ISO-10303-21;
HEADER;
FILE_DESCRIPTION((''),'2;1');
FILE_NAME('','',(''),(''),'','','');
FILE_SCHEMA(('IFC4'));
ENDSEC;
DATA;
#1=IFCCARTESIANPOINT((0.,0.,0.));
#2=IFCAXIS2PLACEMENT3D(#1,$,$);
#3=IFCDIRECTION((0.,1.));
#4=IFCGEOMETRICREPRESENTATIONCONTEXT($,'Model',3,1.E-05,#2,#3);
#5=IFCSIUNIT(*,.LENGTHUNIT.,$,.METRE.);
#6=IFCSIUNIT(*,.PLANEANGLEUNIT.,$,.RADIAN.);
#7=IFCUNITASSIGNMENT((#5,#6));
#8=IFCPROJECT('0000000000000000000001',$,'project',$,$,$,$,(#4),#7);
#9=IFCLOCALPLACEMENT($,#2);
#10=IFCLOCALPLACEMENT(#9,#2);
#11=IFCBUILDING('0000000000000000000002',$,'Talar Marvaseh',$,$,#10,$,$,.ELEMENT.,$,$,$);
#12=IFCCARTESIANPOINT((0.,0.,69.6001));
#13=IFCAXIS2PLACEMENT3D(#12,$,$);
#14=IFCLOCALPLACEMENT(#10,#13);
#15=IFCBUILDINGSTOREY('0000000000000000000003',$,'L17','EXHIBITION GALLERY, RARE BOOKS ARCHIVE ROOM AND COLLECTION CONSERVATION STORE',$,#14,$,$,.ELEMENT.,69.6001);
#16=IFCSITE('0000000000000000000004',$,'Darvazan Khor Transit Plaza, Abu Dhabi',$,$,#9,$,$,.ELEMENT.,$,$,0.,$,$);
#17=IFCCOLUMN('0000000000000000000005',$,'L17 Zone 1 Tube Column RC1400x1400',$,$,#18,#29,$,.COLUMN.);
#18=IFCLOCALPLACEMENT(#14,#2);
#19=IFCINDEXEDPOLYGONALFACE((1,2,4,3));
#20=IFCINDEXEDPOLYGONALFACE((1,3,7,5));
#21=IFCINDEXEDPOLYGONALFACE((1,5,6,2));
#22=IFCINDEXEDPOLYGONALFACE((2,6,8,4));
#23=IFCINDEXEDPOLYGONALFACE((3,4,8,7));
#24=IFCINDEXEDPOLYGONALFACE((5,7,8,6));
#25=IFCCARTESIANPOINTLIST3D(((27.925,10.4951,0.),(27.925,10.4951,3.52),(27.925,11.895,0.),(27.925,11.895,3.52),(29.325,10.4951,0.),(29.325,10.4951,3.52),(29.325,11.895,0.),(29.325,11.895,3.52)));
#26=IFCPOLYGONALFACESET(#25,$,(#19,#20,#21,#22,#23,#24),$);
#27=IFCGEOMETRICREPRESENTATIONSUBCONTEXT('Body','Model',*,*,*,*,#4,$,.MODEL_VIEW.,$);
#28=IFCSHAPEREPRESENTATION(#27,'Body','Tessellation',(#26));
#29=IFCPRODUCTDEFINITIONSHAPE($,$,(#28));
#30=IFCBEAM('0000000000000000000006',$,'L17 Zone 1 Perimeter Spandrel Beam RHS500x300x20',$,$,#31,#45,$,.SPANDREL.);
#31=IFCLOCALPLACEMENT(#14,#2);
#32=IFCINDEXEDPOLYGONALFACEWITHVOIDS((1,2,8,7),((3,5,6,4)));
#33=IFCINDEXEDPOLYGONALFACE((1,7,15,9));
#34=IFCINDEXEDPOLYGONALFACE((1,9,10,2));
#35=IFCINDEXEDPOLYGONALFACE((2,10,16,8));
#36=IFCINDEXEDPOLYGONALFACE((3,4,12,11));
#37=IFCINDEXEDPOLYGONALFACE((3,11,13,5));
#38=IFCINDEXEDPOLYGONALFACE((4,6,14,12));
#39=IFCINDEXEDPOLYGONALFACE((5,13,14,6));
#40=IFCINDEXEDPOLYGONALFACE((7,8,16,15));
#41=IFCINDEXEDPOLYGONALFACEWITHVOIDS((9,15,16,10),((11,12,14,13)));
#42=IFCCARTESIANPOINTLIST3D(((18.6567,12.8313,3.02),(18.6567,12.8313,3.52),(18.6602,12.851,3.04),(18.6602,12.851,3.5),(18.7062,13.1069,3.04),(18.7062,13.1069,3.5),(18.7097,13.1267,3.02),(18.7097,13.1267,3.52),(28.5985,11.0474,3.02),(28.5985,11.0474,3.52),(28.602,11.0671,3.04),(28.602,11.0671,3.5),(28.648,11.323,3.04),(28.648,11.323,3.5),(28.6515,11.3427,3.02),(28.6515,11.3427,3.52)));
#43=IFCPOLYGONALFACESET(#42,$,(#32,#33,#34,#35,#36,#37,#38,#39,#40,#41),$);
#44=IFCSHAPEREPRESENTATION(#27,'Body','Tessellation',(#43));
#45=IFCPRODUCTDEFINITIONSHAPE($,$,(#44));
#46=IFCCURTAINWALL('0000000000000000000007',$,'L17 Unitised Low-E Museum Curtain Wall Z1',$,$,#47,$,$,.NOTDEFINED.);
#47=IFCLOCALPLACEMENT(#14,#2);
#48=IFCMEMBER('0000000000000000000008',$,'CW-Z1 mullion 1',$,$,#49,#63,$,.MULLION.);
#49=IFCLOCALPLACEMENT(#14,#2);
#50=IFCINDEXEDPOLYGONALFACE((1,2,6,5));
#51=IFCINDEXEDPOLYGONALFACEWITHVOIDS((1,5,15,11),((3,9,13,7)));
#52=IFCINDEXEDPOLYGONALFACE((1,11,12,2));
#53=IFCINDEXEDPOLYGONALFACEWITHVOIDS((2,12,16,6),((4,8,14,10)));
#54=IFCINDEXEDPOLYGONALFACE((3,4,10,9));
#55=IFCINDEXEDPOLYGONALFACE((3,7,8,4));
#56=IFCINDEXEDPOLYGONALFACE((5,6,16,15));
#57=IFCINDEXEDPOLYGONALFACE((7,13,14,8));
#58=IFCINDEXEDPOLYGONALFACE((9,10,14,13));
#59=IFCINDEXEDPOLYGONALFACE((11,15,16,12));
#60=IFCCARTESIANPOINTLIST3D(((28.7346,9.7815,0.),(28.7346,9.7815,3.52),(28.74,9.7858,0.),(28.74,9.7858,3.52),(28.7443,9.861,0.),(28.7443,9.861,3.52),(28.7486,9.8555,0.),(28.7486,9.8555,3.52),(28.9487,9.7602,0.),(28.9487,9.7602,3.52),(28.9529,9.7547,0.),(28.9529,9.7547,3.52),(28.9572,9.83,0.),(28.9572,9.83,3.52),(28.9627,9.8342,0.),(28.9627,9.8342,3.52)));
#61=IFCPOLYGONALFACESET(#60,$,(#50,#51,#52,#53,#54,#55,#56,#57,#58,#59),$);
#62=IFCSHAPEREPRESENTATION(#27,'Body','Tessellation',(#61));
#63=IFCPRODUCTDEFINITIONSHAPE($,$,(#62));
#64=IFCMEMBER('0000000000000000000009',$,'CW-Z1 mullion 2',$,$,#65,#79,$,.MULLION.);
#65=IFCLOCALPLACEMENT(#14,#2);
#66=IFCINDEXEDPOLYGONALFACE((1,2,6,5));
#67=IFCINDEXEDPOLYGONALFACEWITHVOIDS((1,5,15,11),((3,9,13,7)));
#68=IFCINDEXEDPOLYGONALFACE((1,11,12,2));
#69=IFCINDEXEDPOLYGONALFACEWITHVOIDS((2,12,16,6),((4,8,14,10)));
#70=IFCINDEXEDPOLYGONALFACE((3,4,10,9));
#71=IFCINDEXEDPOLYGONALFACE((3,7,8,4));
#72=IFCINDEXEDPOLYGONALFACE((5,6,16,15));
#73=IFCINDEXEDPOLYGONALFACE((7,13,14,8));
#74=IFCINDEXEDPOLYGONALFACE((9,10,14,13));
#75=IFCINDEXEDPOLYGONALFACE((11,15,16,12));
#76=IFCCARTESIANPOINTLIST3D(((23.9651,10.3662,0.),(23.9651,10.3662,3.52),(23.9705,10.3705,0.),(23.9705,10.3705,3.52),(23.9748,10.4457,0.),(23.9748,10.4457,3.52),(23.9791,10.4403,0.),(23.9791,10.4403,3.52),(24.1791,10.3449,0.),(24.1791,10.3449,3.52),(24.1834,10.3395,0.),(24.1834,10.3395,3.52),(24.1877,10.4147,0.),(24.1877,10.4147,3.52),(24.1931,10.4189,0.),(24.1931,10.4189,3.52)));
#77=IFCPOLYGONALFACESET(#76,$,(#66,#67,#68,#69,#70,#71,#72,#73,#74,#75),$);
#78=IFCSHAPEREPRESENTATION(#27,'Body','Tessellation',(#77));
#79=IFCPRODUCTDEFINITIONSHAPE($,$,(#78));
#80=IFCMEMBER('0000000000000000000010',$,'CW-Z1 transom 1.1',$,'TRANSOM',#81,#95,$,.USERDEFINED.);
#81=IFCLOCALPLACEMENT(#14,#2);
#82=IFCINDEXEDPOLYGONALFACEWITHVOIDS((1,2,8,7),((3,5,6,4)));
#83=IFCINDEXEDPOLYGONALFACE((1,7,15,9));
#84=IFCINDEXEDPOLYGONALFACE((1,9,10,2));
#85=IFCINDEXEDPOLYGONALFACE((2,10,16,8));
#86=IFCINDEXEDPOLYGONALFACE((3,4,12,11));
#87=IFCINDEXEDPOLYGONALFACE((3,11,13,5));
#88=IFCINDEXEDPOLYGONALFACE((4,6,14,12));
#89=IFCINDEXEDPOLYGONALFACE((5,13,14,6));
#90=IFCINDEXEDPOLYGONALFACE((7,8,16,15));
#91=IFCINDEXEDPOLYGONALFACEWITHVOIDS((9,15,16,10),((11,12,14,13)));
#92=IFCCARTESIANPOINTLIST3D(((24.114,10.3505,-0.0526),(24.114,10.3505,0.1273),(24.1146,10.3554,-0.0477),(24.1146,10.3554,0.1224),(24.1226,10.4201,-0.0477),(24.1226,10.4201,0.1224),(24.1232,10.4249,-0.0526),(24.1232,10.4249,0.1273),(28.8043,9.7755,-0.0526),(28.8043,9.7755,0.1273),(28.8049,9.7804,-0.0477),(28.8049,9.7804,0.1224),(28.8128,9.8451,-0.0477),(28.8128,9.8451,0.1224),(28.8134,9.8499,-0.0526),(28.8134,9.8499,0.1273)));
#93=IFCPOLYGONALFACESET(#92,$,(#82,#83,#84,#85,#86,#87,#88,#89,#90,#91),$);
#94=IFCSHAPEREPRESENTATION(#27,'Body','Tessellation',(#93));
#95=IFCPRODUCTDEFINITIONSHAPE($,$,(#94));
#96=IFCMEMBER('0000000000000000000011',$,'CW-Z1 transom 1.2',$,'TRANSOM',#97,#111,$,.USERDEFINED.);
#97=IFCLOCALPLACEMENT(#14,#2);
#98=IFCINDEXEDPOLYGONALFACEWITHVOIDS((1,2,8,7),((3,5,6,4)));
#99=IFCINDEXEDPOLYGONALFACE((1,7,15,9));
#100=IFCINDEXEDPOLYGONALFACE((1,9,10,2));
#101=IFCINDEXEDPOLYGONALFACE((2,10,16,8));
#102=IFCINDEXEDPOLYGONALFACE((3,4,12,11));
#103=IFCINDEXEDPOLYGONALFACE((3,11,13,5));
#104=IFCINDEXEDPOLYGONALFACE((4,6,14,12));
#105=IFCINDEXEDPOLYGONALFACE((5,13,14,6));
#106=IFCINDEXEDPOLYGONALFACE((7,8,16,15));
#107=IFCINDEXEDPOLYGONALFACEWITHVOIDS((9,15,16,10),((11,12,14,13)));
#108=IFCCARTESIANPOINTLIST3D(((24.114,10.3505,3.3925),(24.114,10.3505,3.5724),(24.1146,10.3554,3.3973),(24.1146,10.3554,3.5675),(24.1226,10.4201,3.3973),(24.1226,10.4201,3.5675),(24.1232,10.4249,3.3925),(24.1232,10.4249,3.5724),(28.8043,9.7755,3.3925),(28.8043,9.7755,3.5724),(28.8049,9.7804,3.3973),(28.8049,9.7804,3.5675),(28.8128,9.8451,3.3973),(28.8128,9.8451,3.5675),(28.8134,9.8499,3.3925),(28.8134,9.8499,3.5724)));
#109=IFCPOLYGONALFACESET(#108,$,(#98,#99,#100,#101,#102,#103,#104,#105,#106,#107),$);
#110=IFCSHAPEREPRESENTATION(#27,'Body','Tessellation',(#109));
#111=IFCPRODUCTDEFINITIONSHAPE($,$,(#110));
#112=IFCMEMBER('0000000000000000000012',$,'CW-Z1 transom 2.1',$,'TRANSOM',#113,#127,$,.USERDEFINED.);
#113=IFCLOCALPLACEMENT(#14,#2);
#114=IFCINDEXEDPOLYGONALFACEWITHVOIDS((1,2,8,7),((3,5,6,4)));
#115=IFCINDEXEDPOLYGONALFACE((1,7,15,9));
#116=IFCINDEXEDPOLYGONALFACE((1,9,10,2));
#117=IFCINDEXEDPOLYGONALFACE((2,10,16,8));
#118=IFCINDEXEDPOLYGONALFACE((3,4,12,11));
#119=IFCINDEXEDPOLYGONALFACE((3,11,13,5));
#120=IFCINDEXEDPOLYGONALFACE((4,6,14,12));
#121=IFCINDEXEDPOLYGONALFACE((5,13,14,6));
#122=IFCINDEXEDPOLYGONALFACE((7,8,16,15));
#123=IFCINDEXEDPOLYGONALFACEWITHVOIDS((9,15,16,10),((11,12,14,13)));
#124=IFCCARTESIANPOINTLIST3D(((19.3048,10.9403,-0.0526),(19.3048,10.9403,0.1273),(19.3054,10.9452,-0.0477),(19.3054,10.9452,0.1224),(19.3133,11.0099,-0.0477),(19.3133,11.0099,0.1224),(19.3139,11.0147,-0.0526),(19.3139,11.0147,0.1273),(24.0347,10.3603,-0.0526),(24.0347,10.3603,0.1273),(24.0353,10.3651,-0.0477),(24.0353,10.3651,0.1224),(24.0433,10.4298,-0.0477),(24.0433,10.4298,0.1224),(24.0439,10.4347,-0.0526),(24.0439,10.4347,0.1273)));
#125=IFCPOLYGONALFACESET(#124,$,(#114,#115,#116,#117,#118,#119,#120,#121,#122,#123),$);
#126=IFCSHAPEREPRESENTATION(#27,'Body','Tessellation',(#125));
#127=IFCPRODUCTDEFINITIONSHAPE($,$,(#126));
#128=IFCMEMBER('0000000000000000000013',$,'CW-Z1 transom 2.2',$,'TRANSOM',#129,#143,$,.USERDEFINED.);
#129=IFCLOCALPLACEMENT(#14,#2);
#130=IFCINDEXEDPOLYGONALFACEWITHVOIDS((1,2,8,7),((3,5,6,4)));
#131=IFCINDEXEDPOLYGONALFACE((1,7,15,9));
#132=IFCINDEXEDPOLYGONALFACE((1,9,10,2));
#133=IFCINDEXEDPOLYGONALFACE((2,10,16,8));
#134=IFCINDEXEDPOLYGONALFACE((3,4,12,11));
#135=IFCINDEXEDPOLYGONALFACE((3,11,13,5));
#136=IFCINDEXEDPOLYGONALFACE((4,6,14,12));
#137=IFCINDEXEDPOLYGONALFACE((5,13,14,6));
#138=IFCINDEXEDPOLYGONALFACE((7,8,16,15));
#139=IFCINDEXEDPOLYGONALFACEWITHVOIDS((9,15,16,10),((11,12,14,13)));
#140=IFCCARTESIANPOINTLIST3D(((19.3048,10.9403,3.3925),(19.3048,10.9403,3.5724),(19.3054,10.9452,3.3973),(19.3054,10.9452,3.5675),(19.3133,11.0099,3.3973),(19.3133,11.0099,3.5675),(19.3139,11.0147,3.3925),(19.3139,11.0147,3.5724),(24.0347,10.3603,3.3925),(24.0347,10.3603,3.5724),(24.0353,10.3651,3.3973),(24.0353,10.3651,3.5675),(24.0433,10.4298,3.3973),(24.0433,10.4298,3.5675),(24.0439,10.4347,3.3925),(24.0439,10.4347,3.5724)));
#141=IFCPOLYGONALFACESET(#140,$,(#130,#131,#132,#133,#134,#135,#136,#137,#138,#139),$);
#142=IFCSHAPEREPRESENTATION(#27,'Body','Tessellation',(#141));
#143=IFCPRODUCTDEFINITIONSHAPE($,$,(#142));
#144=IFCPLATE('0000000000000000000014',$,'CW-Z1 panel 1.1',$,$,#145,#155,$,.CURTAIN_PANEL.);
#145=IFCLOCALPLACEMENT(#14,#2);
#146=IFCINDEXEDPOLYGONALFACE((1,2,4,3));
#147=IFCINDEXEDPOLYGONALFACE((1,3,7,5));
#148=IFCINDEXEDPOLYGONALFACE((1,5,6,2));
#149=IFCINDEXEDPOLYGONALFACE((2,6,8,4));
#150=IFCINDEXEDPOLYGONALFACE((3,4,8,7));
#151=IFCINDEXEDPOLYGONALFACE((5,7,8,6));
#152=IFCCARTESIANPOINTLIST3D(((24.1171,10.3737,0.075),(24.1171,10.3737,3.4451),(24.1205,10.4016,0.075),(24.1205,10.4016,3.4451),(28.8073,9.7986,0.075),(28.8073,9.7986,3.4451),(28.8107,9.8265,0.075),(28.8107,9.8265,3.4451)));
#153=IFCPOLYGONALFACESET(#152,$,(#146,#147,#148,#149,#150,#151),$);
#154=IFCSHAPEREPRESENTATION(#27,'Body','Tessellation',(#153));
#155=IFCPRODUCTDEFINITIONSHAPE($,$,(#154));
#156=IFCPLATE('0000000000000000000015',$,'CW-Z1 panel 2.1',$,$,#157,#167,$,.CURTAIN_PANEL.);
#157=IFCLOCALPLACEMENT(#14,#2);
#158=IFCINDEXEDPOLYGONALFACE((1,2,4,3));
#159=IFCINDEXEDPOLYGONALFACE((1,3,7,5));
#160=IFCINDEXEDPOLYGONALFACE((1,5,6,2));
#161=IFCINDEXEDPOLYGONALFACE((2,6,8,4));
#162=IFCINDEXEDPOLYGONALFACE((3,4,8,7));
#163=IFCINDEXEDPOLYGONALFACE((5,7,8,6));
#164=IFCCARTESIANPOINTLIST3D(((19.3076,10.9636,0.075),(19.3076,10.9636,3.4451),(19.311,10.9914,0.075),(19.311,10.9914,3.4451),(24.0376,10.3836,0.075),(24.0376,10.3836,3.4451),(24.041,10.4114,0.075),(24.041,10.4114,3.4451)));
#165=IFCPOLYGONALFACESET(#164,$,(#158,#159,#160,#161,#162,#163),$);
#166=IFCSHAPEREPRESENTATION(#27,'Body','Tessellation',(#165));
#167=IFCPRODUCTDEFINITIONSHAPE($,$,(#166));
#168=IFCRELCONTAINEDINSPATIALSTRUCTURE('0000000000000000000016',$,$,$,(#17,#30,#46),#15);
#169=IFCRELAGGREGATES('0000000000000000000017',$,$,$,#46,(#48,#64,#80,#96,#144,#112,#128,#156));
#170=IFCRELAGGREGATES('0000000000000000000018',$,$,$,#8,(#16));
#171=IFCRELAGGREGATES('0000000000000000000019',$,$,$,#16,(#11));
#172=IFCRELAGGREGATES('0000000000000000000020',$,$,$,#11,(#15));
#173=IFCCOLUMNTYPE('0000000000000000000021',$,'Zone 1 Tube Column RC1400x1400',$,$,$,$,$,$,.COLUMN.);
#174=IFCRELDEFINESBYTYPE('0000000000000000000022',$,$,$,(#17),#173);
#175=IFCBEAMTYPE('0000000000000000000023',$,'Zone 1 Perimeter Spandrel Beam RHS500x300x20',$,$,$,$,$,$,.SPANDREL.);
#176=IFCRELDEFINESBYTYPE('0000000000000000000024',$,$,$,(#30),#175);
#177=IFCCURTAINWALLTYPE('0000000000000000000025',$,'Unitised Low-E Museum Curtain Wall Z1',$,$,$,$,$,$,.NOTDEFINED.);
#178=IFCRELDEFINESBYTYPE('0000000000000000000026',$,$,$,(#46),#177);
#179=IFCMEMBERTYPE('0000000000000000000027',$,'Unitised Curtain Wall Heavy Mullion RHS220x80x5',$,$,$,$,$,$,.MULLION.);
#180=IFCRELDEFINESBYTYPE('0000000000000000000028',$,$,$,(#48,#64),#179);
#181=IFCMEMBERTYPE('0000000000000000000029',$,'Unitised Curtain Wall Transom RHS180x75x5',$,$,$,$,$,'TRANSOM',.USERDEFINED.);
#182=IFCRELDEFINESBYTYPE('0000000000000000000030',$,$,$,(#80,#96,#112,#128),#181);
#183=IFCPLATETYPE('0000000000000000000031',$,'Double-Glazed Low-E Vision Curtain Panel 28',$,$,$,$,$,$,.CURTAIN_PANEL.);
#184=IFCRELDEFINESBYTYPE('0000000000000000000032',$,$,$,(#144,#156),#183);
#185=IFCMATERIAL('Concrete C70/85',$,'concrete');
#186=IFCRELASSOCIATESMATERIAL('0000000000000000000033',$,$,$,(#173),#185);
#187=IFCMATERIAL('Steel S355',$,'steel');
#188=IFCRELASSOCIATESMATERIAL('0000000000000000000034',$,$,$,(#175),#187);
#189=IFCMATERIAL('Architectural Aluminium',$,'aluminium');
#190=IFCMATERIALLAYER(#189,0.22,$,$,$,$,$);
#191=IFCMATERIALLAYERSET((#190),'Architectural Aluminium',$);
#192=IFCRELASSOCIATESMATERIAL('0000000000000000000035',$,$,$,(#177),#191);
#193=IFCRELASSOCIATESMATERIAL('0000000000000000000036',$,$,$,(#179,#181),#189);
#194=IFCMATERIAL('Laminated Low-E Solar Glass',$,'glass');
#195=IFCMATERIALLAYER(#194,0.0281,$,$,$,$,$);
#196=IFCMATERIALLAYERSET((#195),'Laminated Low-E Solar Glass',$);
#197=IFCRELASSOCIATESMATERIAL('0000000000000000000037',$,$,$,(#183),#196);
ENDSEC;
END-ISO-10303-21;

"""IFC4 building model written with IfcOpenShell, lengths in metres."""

from ifc_helpers import new_model, si_unit, direction, frame, origin, origin_2d, place, context, subcontext, project, spatial, rectangle, hollow_rectangle, extrude, source, transform, mapped, material, layer, layer_set, material_profile, profile_set, type_object, type_shapes, element, aggregate, save


model = new_model("IFC4")

# Units and contexts
model_context = context("Model", 3, precision=1e-05, world=origin(), true_north=direction((0.0, 1.0)))
body_context = subcontext(model_context, "Body", "Model", "MODEL_VIEW")
ifc_project = project(units=[si_unit("LENGTHUNIT", "METRE"), si_unit("PLANEANGLEUNIT", "RADIAN")], contexts=[model_context])

# Site, building, storey
site_placement = place(None, origin())
site = spatial("IfcSite", under=ifc_project, at=site_placement, Name="Darvazan Khor Transit Plaza, Abu Dhabi", CompositionType="ELEMENT", RefElevation=0.0)
building_placement = place(site_placement, origin())
building = spatial("IfcBuilding", under=site, at=building_placement, Name="Talar Marvaseh", CompositionType="ELEMENT")
storey_placement = place(building_placement, frame((0.0, 0.0, 69.6001)))
storey = spatial("IfcBuildingStorey", under=building, at=storey_placement, Name="L17", Description="EXHIBITION GALLERY, RARE BOOKS ARCHIVE ROOM AND COLLECTION CONSERVATION STORE", CompositionType="ELEMENT", Elevation=69.6001)

# Column
ifc_material_1 = material(Name="Concrete C70/85", Category="concrete")
ifc_material_profile_1 = material_profile(ifc_material_1, rectangle(XDim=1.3999, YDim=1.3999, at=origin_2d()), Name="RC1400x1400")
ifc_profile_set_1 = profile_set([ifc_material_profile_1], Name="Concrete C70/85")
column_type = type_object("IfcColumnType", Name="Zone 1 Tube Column RC1400x1400", PredefinedType="COLUMN", material=ifc_profile_set_1)
column_placement = place(storey_placement, frame((28.625, 11.1951, 0.0), z_axis=(0.0, 0.0, 1.0), x_axis=(1.0, 0.0, 0.0)))
element("IfcColumn", 1, at=column_placement, inside=storey, type_object=column_type, Name="L17 Zone 1 Tube Column RC1400x1400", PredefinedType="COLUMN", context=body_context, shape_type="SweptSolid", body=[
    extrude(rectangle(XDim=1.3999, YDim=1.3999, at=origin_2d()), origin(), (0.0, 0.0, 1.0), 3.52),
])

# Beam
ifc_material_2 = material(Name="Steel S355", Category="steel")
ifc_material_profile_2 = material_profile(ifc_material_2, hollow_rectangle(XDim=0.3, YDim=0.5, WallThickness=0.02, at=origin_2d()), Name="RHS500x300x20")
ifc_profile_set_2 = profile_set([ifc_material_profile_2], Name="Steel S355")
beam_type = type_object("IfcBeamType", Name="Zone 1 Perimeter Spandrel Beam RHS500x300x20", PredefinedType="SPANDREL", material=ifc_profile_set_2)
beam_placement = place(storey_placement, frame((28.625, 11.1951, 3.27), z_axis=(-0.98428, 0.176615, 0.0), x_axis=(-0.176615, -0.98428, 0.0)))
element("IfcBeam", 2, at=beam_placement, inside=storey, type_object=beam_type, Name="L17 Zone 1 Perimeter Spandrel Beam RHS500x300x20", PredefinedType="SPANDREL", context=body_context, shape_type="SweptSolid", body=[
    extrude(hollow_rectangle(XDim=0.3, YDim=0.5, WallThickness=0.02, at=origin_2d()), origin(), (0.0, 0.0, 1.0), 10.1006),
])

# Curtain wall, members, plates
ifc_material_3 = material(Name="Architectural Aluminium", Category="aluminium")
ifc_layer_1 = layer(ifc_material_3, 0.22)
ifc_layer_set_1 = layer_set([ifc_layer_1], Name="Architectural Aluminium")
curtain_wall_type = type_object("IfcCurtainWallType", Name="Unitised Low-E Museum Curtain Wall Z1", PredefinedType="NOTDEFINED", material=ifc_layer_set_1)
curtain_wall_placement = place(storey_placement, origin())
curtain_wall = element("IfcCurtainWall", 3, at=curtain_wall_placement, inside=storey, type_object=curtain_wall_type, Name="L17 Unitised Low-E Museum Curtain Wall Z1", PredefinedType="NOTDEFINED")
ifc_material_profile_3 = material_profile(ifc_material_3, hollow_rectangle(XDim=0.0801, YDim=0.22, WallThickness=0.0049, at=origin_2d()), Name="RHS220x80x5")
ifc_profile_set_3 = profile_set([ifc_material_profile_3], Name="Architectural Aluminium")
member_type_1 = type_object("IfcMemberType", Name="Unitised Curtain Wall Heavy Mullion RHS220x80x5", PredefinedType="MULLION", material=ifc_profile_set_3)
shared_shape_1 = source(origin(), body_context, "Body", "SweptSolid", [
    extrude(hollow_rectangle(XDim=0.0801, YDim=0.22, WallThickness=0.0049, at=origin_2d()), origin(), (0.0, 0.0, 1.0), 3.52),
])
type_shapes(member_type_1, [shared_shape_1])
member_1_placement = place(storey_placement, frame((28.8486, 9.8079, 0.0), z_axis=(0.0, 0.0, 1.0), x_axis=(-0.121713, -0.992565, 0.0)))
member_1 = element("IfcMember", 4, at=member_1_placement, type_object=member_type_1, Name="CW-Z1 mullion 1", PredefinedType="MULLION", context=body_context, shape_type="MappedRepresentation", body=[
    mapped(shared_shape_1, transform((0.0, 0.0, 0.0), x_axis=(1.0, 0.0, 0.0), y_axis=(0.0, 1.0, 0.0), z_axis=(0.0, 0.0, 1.0), scale=1.0)),
])
member_2_placement = place(storey_placement, frame((24.0791, 10.3926, 0.0), z_axis=(0.0, 0.0, 1.0), x_axis=(-0.121713, -0.992565, 0.0)))
member_2 = element("IfcMember", 5, at=member_2_placement, type_object=member_type_1, Name="CW-Z1 mullion 2", PredefinedType="MULLION", context=body_context, shape_type="MappedRepresentation", body=[
    mapped(shared_shape_1, transform((0.0, 0.0, 0.0), x_axis=(1.0, 0.0, 0.0), y_axis=(0.0, 1.0, 0.0), z_axis=(0.0, 0.0, 1.0), scale=1.0)),
])
ifc_material_profile_4 = material_profile(ifc_material_3, hollow_rectangle(XDim=0.075, YDim=0.1799, WallThickness=0.0049, at=origin_2d()), Name="RHS180x75x5")
ifc_profile_set_4 = profile_set([ifc_material_profile_4], Name="Architectural Aluminium")
member_type_2 = type_object("IfcMemberType", Name="Unitised Curtain Wall Transom RHS180x75x5", ElementType="TRANSOM", PredefinedType="USERDEFINED", material=ifc_profile_set_4)
shared_shape_2 = source(origin(), body_context, "Body", "SweptSolid", [
    extrude(hollow_rectangle(XDim=0.075, YDim=0.1799, WallThickness=0.0049, at=origin_2d()), origin(), (0.0, 0.0, 1.0), 4.7253),
])
member_3_placement = place(storey_placement, frame((28.8088, 9.8127, 0.0374), z_axis=(-0.99257, 0.121675, 0.0), x_axis=(-0.121675, -0.99257, 0.0)))
member_3 = element("IfcMember", 6, at=member_3_placement, type_object=member_type_2, Name="CW-Z1 transom 1.1", ObjectType="TRANSOM", PredefinedType="USERDEFINED", context=body_context, shape_type="MappedRepresentation", body=[
    mapped(shared_shape_2, transform((0.0, 0.0, 0.0), x_axis=(1.0, 0.0, 0.0), y_axis=(0.0, 1.0, 0.0), z_axis=(0.0, 0.0, 1.0), scale=1.0)),
])
member_4_placement = place(storey_placement, frame((28.8088, 9.8127, 3.4824), z_axis=(-0.99257, 0.121675, 0.0), x_axis=(-0.121675, -0.99257, 0.0)))
member_4 = element("IfcMember", 7, at=member_4_placement, type_object=member_type_2, Name="CW-Z1 transom 1.2", ObjectType="TRANSOM", PredefinedType="USERDEFINED", context=body_context, shape_type="MappedRepresentation", body=[
    mapped(shared_shape_2, transform((0.0, 0.0, 0.0), x_axis=(1.0, 0.0, 0.0), y_axis=(0.0, 1.0, 0.0), z_axis=(0.0, 0.0, 1.0), scale=1.0)),
])
shared_shape_3 = source(origin(), body_context, "Body", "SweptSolid", [
    extrude(hollow_rectangle(XDim=0.075, YDim=0.1799, WallThickness=0.0049, at=origin_2d()), origin(), (0.0, 0.0, 1.0), 4.7654),
])
type_shapes(member_type_2, [shared_shape_2, shared_shape_3])
member_5_placement = place(storey_placement, frame((24.0393, 10.3975, 0.0374), z_axis=(-0.992564, 0.121727, 0.0), x_axis=(-0.121727, -0.992564, 0.0)))
member_5 = element("IfcMember", 8, at=member_5_placement, type_object=member_type_2, Name="CW-Z1 transom 2.1", ObjectType="TRANSOM", PredefinedType="USERDEFINED", context=body_context, shape_type="MappedRepresentation", body=[
    mapped(shared_shape_3, transform((0.0, 0.0, 0.0), x_axis=(1.0, 0.0, 0.0), y_axis=(0.0, 1.0, 0.0), z_axis=(0.0, 0.0, 1.0), scale=1.0)),
])
member_6_placement = place(storey_placement, frame((24.0393, 10.3975, 3.4824), z_axis=(-0.992564, 0.121727, 0.0), x_axis=(-0.121727, -0.992564, 0.0)))
member_6 = element("IfcMember", 9, at=member_6_placement, type_object=member_type_2, Name="CW-Z1 transom 2.2", ObjectType="TRANSOM", PredefinedType="USERDEFINED", context=body_context, shape_type="MappedRepresentation", body=[
    mapped(shared_shape_3, transform((0.0, 0.0, 0.0), x_axis=(1.0, 0.0, 0.0), y_axis=(0.0, 1.0, 0.0), z_axis=(0.0, 0.0, 1.0), scale=1.0)),
])
ifc_material_4 = material(Name="Laminated Low-E Solar Glass", Category="glass")
ifc_layer_2 = layer(ifc_material_4, 0.0281)
ifc_layer_set_2 = layer_set([ifc_layer_2], Name="Laminated Low-E Solar Glass")
plate_type = type_object("IfcPlateType", Name="Double-Glazed Low-E Vision Curtain Panel 28", PredefinedType="CURTAIN_PANEL", material=ifc_layer_set_2)
shared_shape_4 = source(origin(), body_context, "Body", "SweptSolid", [
    extrude(rectangle(XDim=4.7253, YDim=0.0281, at=origin_2d()), origin(), (0.0, 0.0, 1.0), 3.3701),
])
plate_1_placement = place(storey_placement, frame((26.4639, 10.1001, 0.075), z_axis=(0.0, 0.0, 1.0), x_axis=(-0.992565, 0.121713, 0.0)))
plate_1 = element("IfcPlate", 10, at=plate_1_placement, type_object=plate_type, Name="CW-Z1 panel 1.1", PredefinedType="CURTAIN_PANEL", context=body_context, shape_type="MappedRepresentation", body=[
    mapped(shared_shape_4, transform((0.0, 0.0, 0.0), x_axis=(1.0, 0.0, 0.0), y_axis=(0.0, 1.0, 0.0), z_axis=(0.0, 0.0, 1.0), scale=1.0)),
])
shared_shape_5 = source(origin(), body_context, "Body", "SweptSolid", [
    extrude(rectangle(XDim=4.7654, YDim=0.0281, at=origin_2d()), origin(), (0.0, 0.0, 1.0), 3.3701),
])
type_shapes(plate_type, [shared_shape_4, shared_shape_5])
plate_2_placement = place(storey_placement, frame((21.6743, 10.6875, 0.075), z_axis=(0.0, 0.0, 1.0), x_axis=(-0.992565, 0.121713, 0.0)))
plate_2 = element("IfcPlate", 11, at=plate_2_placement, type_object=plate_type, Name="CW-Z1 panel 2.1", PredefinedType="CURTAIN_PANEL", context=body_context, shape_type="MappedRepresentation", body=[
    mapped(shared_shape_5, transform((0.0, 0.0, 0.0), x_axis=(1.0, 0.0, 0.0), y_axis=(0.0, 1.0, 0.0), z_axis=(0.0, 0.0, 1.0), scale=1.0)),
])
aggregate(curtain_wall, [member_1, member_2, member_3, member_4, plate_1, member_5, member_6, plate_2])

save(model, "model.ifc")
